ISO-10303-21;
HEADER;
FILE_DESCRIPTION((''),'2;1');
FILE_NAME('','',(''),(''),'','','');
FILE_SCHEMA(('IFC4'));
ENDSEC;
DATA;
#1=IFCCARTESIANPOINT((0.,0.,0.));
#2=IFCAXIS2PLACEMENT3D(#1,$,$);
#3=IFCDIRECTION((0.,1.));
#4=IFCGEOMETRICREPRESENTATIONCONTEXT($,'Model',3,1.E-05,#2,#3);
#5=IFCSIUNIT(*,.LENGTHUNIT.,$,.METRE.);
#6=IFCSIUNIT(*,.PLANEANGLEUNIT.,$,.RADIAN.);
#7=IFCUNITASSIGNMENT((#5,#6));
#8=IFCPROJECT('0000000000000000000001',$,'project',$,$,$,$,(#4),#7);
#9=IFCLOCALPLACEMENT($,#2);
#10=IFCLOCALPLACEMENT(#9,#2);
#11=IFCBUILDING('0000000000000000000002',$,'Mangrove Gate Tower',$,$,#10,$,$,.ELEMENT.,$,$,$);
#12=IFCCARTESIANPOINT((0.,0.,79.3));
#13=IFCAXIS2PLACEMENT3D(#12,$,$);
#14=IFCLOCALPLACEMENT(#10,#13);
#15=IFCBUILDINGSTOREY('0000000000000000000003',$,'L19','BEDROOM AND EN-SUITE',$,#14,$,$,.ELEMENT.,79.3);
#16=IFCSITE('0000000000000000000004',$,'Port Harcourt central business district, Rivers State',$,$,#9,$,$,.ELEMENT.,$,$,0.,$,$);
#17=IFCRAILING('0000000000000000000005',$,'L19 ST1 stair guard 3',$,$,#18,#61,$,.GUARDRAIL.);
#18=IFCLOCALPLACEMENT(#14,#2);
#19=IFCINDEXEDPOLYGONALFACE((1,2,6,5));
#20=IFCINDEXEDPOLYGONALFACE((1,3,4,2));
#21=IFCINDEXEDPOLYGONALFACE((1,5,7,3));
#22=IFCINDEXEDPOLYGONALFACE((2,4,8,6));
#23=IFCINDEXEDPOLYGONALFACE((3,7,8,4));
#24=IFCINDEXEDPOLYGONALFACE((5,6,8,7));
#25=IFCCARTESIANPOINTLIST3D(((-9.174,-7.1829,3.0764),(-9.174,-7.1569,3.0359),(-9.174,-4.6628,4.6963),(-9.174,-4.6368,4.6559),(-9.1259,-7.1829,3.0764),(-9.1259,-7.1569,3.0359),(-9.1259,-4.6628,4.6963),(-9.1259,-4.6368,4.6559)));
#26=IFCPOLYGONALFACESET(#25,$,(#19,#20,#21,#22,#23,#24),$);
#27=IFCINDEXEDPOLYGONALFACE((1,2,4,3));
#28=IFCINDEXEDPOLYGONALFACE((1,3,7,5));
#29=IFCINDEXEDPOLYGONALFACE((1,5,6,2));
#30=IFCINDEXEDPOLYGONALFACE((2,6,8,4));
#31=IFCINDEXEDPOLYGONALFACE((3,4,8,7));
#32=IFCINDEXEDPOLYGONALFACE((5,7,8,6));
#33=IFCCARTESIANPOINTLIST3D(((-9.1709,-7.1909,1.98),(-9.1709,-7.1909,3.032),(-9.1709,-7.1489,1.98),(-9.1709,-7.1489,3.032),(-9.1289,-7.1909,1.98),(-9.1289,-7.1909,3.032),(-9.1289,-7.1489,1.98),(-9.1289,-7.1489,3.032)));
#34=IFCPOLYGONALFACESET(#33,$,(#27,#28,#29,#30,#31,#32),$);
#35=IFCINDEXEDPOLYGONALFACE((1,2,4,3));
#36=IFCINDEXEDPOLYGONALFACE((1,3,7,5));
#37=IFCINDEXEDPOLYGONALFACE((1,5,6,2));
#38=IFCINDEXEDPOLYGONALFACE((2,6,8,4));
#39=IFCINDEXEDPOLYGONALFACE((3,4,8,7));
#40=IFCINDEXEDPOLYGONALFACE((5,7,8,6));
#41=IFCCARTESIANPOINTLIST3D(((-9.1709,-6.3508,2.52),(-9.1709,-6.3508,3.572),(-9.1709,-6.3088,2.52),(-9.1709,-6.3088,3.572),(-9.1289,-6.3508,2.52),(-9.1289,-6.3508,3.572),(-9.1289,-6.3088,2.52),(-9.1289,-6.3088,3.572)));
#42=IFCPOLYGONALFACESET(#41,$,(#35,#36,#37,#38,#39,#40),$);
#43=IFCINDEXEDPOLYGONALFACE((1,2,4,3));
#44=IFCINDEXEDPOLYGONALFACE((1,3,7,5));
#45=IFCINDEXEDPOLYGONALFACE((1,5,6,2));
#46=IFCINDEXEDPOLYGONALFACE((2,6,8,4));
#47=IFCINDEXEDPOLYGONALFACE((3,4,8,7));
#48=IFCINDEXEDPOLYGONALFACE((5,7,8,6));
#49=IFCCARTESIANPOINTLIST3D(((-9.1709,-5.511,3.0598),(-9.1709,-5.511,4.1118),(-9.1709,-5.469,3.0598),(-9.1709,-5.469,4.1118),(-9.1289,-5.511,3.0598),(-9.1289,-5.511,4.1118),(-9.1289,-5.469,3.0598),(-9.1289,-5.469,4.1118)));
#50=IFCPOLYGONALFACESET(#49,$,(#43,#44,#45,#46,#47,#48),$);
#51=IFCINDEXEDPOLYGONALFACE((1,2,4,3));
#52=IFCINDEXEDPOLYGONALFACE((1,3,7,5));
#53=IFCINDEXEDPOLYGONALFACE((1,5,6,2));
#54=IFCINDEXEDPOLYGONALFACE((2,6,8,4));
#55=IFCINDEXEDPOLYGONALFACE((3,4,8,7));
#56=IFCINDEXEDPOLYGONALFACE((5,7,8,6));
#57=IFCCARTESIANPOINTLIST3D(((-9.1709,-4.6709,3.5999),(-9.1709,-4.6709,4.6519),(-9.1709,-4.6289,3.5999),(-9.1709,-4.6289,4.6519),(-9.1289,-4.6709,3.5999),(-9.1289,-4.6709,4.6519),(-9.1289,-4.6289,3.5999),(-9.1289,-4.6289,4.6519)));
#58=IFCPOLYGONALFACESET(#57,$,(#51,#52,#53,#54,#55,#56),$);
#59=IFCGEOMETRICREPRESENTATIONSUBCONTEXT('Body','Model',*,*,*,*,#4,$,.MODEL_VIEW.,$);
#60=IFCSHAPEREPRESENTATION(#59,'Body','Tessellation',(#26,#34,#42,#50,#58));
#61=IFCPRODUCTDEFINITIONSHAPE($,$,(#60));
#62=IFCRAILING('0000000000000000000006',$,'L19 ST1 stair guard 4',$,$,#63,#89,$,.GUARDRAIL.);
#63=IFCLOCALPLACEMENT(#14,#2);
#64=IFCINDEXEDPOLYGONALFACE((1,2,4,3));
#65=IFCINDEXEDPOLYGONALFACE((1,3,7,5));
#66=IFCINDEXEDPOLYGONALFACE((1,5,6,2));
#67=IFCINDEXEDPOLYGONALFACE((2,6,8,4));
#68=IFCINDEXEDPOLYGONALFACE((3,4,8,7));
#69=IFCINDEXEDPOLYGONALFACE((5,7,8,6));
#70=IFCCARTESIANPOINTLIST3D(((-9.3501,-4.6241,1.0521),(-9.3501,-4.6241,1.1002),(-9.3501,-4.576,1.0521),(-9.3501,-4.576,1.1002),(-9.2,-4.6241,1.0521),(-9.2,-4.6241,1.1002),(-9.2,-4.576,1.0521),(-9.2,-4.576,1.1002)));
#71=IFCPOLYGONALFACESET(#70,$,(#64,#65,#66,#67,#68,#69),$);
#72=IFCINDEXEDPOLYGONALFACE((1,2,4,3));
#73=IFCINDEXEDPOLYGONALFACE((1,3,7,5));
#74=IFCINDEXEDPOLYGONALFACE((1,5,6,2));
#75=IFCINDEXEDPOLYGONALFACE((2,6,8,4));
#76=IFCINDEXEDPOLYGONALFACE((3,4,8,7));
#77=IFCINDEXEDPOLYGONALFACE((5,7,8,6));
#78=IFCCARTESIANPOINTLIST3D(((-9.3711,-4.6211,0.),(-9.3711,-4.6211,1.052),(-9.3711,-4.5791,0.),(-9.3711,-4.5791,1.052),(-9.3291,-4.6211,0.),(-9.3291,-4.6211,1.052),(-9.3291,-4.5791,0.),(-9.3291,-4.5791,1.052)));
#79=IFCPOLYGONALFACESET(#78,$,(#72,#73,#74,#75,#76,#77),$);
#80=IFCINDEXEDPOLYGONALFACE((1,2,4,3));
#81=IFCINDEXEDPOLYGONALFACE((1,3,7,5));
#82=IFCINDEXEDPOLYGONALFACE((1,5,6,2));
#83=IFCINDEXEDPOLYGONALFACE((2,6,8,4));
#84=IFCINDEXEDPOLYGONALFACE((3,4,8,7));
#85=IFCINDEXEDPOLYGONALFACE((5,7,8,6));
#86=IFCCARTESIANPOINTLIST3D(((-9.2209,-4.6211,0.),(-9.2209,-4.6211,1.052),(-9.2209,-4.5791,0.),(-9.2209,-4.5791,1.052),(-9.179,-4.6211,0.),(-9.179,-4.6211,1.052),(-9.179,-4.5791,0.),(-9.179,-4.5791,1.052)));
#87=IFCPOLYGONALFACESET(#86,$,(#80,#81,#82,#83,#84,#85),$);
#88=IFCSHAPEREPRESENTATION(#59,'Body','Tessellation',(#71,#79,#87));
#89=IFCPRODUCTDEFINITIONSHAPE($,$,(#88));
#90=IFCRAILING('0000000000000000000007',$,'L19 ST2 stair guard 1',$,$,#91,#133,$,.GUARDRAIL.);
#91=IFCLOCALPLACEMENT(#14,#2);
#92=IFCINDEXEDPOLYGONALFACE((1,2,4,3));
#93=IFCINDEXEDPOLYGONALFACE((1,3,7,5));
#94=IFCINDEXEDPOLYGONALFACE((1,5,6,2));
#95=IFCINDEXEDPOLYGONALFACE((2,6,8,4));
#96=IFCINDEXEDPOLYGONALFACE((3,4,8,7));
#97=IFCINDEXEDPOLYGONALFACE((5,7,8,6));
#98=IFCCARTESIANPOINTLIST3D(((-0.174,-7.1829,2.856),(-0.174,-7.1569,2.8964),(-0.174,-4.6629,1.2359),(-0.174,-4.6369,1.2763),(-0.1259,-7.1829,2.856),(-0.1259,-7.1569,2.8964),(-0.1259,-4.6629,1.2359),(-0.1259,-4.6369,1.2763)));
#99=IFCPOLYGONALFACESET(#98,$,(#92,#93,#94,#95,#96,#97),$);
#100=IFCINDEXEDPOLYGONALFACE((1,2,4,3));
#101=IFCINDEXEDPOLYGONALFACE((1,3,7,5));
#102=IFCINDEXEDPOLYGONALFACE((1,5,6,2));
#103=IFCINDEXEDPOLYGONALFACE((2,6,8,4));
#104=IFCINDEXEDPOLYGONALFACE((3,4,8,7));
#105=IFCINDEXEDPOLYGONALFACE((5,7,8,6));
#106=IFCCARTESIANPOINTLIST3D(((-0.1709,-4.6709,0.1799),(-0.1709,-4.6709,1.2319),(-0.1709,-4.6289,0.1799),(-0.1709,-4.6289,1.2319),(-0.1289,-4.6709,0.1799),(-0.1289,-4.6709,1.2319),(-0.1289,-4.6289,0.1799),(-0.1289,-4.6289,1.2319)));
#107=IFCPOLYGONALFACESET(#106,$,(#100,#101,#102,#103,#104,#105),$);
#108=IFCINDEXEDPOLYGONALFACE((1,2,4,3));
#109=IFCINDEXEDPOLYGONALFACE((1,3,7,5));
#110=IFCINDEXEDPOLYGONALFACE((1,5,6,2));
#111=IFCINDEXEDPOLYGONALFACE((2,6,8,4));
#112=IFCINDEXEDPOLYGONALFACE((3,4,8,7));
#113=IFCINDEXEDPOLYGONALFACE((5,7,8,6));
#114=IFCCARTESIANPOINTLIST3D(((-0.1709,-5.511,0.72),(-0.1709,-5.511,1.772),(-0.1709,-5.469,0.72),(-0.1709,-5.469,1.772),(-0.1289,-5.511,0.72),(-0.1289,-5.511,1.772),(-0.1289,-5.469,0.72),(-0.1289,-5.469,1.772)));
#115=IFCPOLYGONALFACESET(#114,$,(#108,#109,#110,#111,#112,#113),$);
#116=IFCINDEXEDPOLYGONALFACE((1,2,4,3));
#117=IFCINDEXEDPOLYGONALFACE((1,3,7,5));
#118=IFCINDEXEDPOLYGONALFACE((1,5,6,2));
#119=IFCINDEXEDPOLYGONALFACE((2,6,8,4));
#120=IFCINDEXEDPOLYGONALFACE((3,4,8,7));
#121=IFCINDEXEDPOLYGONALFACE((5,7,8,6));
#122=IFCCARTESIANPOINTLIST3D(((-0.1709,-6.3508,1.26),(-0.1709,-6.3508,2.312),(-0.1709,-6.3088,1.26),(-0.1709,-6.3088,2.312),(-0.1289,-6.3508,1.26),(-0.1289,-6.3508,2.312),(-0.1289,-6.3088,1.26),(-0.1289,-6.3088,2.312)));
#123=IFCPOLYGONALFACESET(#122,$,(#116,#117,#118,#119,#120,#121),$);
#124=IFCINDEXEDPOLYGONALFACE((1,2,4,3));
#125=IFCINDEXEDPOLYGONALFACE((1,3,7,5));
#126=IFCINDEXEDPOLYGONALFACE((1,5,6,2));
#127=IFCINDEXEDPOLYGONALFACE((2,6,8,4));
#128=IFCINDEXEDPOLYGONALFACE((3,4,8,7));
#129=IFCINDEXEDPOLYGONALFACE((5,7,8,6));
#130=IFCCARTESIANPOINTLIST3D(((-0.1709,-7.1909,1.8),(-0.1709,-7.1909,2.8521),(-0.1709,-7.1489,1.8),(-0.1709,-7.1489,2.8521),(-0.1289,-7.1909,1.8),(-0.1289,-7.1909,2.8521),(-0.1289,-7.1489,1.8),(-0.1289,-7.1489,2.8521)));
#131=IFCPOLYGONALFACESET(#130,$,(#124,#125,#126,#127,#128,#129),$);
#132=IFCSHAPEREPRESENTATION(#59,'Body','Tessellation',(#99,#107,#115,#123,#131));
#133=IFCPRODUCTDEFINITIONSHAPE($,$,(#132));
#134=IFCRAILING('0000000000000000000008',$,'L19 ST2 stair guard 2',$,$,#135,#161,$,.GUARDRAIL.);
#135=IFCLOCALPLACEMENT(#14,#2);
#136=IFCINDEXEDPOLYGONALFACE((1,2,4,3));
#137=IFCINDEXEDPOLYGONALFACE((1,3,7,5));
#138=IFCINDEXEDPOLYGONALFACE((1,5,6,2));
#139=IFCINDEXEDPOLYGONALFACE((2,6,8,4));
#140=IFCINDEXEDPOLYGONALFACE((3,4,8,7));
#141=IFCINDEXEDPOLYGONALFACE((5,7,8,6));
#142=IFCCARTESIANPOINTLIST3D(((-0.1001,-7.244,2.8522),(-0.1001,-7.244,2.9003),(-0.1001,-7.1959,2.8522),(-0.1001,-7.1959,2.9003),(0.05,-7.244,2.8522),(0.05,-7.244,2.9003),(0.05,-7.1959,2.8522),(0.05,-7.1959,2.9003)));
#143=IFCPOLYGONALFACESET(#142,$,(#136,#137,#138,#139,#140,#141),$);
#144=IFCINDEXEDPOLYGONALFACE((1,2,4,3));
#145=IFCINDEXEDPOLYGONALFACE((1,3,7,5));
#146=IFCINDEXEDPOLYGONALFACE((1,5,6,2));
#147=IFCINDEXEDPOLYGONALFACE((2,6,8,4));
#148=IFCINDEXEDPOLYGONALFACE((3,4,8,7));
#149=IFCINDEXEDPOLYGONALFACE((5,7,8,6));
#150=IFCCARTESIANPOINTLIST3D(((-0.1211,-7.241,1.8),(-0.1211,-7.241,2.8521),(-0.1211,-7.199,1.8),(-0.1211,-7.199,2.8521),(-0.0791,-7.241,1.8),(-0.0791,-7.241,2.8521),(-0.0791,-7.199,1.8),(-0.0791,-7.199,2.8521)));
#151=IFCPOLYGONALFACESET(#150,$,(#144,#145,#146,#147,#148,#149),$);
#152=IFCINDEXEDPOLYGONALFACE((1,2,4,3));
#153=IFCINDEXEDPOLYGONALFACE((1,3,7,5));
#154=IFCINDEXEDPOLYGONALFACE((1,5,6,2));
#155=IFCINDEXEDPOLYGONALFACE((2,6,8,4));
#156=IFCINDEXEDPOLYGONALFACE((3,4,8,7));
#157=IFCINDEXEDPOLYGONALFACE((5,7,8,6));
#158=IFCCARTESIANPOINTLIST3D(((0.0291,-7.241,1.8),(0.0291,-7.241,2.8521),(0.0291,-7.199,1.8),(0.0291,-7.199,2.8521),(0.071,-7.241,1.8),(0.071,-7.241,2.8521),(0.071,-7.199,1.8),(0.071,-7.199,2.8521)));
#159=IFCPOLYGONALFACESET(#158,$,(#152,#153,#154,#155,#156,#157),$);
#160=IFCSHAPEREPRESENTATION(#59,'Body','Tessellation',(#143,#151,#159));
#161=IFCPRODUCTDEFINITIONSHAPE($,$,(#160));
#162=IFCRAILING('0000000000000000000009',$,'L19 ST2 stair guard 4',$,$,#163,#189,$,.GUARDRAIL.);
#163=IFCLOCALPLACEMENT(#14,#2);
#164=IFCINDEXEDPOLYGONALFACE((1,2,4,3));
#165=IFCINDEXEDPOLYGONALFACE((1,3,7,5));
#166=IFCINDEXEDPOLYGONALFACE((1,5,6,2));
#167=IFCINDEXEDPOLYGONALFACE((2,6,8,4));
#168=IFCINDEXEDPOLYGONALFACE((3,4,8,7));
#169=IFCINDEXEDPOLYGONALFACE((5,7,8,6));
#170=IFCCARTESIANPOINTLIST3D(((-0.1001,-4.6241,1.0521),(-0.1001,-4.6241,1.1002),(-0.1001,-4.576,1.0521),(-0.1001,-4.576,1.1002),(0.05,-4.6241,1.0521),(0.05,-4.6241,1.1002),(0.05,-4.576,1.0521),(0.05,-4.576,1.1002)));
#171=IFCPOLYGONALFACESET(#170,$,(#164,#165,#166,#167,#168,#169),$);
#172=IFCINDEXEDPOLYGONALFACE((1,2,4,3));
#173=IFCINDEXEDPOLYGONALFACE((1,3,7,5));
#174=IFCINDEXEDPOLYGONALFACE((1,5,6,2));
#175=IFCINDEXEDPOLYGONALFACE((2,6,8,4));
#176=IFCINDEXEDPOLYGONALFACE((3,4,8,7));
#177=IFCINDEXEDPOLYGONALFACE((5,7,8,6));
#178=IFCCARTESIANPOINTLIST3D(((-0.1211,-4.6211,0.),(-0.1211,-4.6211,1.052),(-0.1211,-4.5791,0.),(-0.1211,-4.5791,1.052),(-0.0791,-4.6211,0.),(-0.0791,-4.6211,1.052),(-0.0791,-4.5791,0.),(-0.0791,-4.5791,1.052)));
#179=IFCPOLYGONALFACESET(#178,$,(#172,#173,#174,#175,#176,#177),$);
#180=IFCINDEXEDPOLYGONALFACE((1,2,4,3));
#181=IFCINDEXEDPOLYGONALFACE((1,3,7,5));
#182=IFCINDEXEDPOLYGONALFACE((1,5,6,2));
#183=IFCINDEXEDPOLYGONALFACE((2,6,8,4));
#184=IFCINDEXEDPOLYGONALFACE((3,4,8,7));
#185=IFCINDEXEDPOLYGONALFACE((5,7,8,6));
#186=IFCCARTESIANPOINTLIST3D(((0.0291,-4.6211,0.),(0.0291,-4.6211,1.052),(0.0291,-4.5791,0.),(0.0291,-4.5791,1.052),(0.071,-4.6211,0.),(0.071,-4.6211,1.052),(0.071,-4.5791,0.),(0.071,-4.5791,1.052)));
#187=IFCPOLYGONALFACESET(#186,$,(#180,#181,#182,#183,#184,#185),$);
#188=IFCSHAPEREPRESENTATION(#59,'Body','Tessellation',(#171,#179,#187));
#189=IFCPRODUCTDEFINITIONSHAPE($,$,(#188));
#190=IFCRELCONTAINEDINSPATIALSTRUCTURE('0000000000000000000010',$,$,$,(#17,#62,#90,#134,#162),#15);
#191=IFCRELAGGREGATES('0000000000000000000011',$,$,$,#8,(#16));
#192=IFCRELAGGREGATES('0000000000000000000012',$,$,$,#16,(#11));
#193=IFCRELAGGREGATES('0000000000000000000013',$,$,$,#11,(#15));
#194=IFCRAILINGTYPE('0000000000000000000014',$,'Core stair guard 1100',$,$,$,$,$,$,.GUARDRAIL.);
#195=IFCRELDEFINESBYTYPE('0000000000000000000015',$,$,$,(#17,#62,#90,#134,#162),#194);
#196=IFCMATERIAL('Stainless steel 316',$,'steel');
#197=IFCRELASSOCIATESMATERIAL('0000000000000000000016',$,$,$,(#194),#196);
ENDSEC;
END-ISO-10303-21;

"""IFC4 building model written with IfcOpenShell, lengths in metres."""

from ifc_helpers import new_model, si_unit, direction, frame, origin, origin_2d, place, context, subcontext, project, spatial, rectangle, extrude, material, type_object, element, save


model = new_model("IFC4")

# Units and contexts
model_context = context("Model", 3, precision=1e-05, world=origin(), true_north=direction((0.0, 1.0)))
body_context = subcontext(model_context, "Body", "Model", "MODEL_VIEW")
ifc_project = project(units=[si_unit("LENGTHUNIT", "METRE"), si_unit("PLANEANGLEUNIT", "RADIAN")], contexts=[model_context])

# Site, building, storey
site_placement = place(None, origin())
site = spatial("IfcSite", under=ifc_project, at=site_placement, Name="Port Harcourt central business district, Rivers State", CompositionType="ELEMENT", RefElevation=0.0)
building_placement = place(site_placement, origin())
building = spatial("IfcBuilding", under=site, at=building_placement, Name="Mangrove Gate Tower", CompositionType="ELEMENT")
storey_placement = place(building_placement, frame((0.0, 0.0, 79.3)))
storey = spatial("IfcBuildingStorey", under=building, at=storey_placement, Name="L19", Description="BEDROOM AND EN-SUITE", CompositionType="ELEMENT", Elevation=79.3)

# Railings
ifc_material_1 = material(Name="Stainless steel 316", Category="steel")
railing_type_1 = type_object("IfcRailingType", Name="Core stair guard 1100", PredefinedType="GUARDRAIL", material=ifc_material_1)
railing_1_placement = place(storey_placement, frame((-9.1499, -7.1699, 1.98)))
element("IfcRailing", 1, at=railing_1_placement, inside=storey, type_object=railing_type_1, Name="L19 ST1 stair guard 3", PredefinedType="GUARDRAIL", context=body_context, shape_type="SweptSolid", body=[
    extrude(rectangle(XDim=0.0481, YDim=0.0481, at=origin_2d()), frame((0.0, 0.0, 1.0762), z_axis=(0.0, 0.8412, 0.540725), x_axis=(-1.0, 0.0, 0.0)), (0.0, 0.0, 1.0), 2.9958),
    extrude(rectangle(XDim=0.042, YDim=0.042, at=origin_2d()), origin(), (0.0, 0.0, 1.0), 1.052),
    extrude(rectangle(XDim=0.042, YDim=0.042, at=origin_2d()), frame((0.0, 0.8401, 0.54)), (0.0, 0.0, 1.0), 1.052),
    extrude(rectangle(XDim=0.042, YDim=0.042, at=origin_2d()), frame((0.0, 1.6799, 1.0798)), (0.0, 0.0, 1.0), 1.052),
    extrude(rectangle(XDim=0.042, YDim=0.042, at=origin_2d()), frame((0.0, 2.52, 1.6199)), (0.0, 0.0, 1.0), 1.052),
])
railing_2_placement = place(storey_placement, frame((-9.3501, -4.6001, 0.0)))
element("IfcRailing", 2, at=railing_2_placement, inside=storey, type_object=railing_type_1, Name="L19 ST1 stair guard 4", PredefinedType="GUARDRAIL", context=body_context, shape_type="SweptSolid", body=[
    extrude(rectangle(XDim=0.0481, YDim=0.0481, at=origin_2d()), frame((0.0, 0.0, 1.0762), z_axis=(1.0, 0.0, 0.0), x_axis=(0.0, 1.0, 0.0)), (0.0, 0.0, 1.0), 0.1501),
    extrude(rectangle(XDim=0.042, YDim=0.042, at=origin_2d()), origin(), (0.0, 0.0, 1.0), 1.052),
    extrude(rectangle(XDim=0.042, YDim=0.042, at=origin_2d()), frame((0.1501, 0.0, 0.0)), (0.0, 0.0, 1.0), 1.052),
])
railing_3_placement = place(storey_placement, frame((-0.1499, -4.6499, 0.1799)))
element("IfcRailing", 3, at=railing_3_placement, inside=storey, type_object=railing_type_1, Name="L19 ST2 stair guard 1", PredefinedType="GUARDRAIL", context=body_context, shape_type="SweptSolid", body=[
    extrude(rectangle(XDim=0.0481, YDim=0.0481, at=origin_2d()), frame((0.0, 0.0, 1.0762), z_axis=(0.0, -0.841163, 0.540782), x_axis=(1.0, 0.0, 0.0)), (0.0, 0.0, 1.0), 2.9958),
    extrude(rectangle(XDim=0.042, YDim=0.042, at=origin_2d()), origin(), (0.0, 0.0, 1.0), 1.052),
    extrude(rectangle(XDim=0.042, YDim=0.042, at=origin_2d()), frame((0.0, -0.8401, 0.54)), (0.0, 0.0, 1.0), 1.052),
    extrude(rectangle(XDim=0.042, YDim=0.042, at=origin_2d()), frame((0.0, -1.6799, 1.0801)), (0.0, 0.0, 1.0), 1.052),
    extrude(rectangle(XDim=0.042, YDim=0.042, at=origin_2d()), frame((0.0, -2.52, 1.6201)), (0.0, 0.0, 1.0), 1.052),
])
for number, where, name in (
    (4, (-0.1001, -7.22, 1.8), "L19 ST2 stair guard 2"),
    (5, (-0.1001, -4.6001, 0.0), "L19 ST2 stair guard 4"),
):
    element("IfcRailing", number, at=place(storey_placement, frame(where)), inside=storey, type_object=railing_type_1, Name=name, PredefinedType="GUARDRAIL", context=body_context, shape_type="SweptSolid", body=[
        extrude(rectangle(XDim=0.0481, YDim=0.0481, at=origin_2d()), frame((0.0, 0.0, 1.0762), z_axis=(1.0, 0.0, 0.0), x_axis=(0.0, 1.0, 0.0)), (0.0, 0.0, 1.0), 0.1501),
        extrude(rectangle(XDim=0.042, YDim=0.042, at=origin_2d()), origin(), (0.0, 0.0, 1.0), 1.052),
        extrude(rectangle(XDim=0.042, YDim=0.042, at=origin_2d()), frame((0.1501, 0.0, 0.0)), (0.0, 0.0, 1.0), 1.052),
    ])

save(model, "model.ifc")
